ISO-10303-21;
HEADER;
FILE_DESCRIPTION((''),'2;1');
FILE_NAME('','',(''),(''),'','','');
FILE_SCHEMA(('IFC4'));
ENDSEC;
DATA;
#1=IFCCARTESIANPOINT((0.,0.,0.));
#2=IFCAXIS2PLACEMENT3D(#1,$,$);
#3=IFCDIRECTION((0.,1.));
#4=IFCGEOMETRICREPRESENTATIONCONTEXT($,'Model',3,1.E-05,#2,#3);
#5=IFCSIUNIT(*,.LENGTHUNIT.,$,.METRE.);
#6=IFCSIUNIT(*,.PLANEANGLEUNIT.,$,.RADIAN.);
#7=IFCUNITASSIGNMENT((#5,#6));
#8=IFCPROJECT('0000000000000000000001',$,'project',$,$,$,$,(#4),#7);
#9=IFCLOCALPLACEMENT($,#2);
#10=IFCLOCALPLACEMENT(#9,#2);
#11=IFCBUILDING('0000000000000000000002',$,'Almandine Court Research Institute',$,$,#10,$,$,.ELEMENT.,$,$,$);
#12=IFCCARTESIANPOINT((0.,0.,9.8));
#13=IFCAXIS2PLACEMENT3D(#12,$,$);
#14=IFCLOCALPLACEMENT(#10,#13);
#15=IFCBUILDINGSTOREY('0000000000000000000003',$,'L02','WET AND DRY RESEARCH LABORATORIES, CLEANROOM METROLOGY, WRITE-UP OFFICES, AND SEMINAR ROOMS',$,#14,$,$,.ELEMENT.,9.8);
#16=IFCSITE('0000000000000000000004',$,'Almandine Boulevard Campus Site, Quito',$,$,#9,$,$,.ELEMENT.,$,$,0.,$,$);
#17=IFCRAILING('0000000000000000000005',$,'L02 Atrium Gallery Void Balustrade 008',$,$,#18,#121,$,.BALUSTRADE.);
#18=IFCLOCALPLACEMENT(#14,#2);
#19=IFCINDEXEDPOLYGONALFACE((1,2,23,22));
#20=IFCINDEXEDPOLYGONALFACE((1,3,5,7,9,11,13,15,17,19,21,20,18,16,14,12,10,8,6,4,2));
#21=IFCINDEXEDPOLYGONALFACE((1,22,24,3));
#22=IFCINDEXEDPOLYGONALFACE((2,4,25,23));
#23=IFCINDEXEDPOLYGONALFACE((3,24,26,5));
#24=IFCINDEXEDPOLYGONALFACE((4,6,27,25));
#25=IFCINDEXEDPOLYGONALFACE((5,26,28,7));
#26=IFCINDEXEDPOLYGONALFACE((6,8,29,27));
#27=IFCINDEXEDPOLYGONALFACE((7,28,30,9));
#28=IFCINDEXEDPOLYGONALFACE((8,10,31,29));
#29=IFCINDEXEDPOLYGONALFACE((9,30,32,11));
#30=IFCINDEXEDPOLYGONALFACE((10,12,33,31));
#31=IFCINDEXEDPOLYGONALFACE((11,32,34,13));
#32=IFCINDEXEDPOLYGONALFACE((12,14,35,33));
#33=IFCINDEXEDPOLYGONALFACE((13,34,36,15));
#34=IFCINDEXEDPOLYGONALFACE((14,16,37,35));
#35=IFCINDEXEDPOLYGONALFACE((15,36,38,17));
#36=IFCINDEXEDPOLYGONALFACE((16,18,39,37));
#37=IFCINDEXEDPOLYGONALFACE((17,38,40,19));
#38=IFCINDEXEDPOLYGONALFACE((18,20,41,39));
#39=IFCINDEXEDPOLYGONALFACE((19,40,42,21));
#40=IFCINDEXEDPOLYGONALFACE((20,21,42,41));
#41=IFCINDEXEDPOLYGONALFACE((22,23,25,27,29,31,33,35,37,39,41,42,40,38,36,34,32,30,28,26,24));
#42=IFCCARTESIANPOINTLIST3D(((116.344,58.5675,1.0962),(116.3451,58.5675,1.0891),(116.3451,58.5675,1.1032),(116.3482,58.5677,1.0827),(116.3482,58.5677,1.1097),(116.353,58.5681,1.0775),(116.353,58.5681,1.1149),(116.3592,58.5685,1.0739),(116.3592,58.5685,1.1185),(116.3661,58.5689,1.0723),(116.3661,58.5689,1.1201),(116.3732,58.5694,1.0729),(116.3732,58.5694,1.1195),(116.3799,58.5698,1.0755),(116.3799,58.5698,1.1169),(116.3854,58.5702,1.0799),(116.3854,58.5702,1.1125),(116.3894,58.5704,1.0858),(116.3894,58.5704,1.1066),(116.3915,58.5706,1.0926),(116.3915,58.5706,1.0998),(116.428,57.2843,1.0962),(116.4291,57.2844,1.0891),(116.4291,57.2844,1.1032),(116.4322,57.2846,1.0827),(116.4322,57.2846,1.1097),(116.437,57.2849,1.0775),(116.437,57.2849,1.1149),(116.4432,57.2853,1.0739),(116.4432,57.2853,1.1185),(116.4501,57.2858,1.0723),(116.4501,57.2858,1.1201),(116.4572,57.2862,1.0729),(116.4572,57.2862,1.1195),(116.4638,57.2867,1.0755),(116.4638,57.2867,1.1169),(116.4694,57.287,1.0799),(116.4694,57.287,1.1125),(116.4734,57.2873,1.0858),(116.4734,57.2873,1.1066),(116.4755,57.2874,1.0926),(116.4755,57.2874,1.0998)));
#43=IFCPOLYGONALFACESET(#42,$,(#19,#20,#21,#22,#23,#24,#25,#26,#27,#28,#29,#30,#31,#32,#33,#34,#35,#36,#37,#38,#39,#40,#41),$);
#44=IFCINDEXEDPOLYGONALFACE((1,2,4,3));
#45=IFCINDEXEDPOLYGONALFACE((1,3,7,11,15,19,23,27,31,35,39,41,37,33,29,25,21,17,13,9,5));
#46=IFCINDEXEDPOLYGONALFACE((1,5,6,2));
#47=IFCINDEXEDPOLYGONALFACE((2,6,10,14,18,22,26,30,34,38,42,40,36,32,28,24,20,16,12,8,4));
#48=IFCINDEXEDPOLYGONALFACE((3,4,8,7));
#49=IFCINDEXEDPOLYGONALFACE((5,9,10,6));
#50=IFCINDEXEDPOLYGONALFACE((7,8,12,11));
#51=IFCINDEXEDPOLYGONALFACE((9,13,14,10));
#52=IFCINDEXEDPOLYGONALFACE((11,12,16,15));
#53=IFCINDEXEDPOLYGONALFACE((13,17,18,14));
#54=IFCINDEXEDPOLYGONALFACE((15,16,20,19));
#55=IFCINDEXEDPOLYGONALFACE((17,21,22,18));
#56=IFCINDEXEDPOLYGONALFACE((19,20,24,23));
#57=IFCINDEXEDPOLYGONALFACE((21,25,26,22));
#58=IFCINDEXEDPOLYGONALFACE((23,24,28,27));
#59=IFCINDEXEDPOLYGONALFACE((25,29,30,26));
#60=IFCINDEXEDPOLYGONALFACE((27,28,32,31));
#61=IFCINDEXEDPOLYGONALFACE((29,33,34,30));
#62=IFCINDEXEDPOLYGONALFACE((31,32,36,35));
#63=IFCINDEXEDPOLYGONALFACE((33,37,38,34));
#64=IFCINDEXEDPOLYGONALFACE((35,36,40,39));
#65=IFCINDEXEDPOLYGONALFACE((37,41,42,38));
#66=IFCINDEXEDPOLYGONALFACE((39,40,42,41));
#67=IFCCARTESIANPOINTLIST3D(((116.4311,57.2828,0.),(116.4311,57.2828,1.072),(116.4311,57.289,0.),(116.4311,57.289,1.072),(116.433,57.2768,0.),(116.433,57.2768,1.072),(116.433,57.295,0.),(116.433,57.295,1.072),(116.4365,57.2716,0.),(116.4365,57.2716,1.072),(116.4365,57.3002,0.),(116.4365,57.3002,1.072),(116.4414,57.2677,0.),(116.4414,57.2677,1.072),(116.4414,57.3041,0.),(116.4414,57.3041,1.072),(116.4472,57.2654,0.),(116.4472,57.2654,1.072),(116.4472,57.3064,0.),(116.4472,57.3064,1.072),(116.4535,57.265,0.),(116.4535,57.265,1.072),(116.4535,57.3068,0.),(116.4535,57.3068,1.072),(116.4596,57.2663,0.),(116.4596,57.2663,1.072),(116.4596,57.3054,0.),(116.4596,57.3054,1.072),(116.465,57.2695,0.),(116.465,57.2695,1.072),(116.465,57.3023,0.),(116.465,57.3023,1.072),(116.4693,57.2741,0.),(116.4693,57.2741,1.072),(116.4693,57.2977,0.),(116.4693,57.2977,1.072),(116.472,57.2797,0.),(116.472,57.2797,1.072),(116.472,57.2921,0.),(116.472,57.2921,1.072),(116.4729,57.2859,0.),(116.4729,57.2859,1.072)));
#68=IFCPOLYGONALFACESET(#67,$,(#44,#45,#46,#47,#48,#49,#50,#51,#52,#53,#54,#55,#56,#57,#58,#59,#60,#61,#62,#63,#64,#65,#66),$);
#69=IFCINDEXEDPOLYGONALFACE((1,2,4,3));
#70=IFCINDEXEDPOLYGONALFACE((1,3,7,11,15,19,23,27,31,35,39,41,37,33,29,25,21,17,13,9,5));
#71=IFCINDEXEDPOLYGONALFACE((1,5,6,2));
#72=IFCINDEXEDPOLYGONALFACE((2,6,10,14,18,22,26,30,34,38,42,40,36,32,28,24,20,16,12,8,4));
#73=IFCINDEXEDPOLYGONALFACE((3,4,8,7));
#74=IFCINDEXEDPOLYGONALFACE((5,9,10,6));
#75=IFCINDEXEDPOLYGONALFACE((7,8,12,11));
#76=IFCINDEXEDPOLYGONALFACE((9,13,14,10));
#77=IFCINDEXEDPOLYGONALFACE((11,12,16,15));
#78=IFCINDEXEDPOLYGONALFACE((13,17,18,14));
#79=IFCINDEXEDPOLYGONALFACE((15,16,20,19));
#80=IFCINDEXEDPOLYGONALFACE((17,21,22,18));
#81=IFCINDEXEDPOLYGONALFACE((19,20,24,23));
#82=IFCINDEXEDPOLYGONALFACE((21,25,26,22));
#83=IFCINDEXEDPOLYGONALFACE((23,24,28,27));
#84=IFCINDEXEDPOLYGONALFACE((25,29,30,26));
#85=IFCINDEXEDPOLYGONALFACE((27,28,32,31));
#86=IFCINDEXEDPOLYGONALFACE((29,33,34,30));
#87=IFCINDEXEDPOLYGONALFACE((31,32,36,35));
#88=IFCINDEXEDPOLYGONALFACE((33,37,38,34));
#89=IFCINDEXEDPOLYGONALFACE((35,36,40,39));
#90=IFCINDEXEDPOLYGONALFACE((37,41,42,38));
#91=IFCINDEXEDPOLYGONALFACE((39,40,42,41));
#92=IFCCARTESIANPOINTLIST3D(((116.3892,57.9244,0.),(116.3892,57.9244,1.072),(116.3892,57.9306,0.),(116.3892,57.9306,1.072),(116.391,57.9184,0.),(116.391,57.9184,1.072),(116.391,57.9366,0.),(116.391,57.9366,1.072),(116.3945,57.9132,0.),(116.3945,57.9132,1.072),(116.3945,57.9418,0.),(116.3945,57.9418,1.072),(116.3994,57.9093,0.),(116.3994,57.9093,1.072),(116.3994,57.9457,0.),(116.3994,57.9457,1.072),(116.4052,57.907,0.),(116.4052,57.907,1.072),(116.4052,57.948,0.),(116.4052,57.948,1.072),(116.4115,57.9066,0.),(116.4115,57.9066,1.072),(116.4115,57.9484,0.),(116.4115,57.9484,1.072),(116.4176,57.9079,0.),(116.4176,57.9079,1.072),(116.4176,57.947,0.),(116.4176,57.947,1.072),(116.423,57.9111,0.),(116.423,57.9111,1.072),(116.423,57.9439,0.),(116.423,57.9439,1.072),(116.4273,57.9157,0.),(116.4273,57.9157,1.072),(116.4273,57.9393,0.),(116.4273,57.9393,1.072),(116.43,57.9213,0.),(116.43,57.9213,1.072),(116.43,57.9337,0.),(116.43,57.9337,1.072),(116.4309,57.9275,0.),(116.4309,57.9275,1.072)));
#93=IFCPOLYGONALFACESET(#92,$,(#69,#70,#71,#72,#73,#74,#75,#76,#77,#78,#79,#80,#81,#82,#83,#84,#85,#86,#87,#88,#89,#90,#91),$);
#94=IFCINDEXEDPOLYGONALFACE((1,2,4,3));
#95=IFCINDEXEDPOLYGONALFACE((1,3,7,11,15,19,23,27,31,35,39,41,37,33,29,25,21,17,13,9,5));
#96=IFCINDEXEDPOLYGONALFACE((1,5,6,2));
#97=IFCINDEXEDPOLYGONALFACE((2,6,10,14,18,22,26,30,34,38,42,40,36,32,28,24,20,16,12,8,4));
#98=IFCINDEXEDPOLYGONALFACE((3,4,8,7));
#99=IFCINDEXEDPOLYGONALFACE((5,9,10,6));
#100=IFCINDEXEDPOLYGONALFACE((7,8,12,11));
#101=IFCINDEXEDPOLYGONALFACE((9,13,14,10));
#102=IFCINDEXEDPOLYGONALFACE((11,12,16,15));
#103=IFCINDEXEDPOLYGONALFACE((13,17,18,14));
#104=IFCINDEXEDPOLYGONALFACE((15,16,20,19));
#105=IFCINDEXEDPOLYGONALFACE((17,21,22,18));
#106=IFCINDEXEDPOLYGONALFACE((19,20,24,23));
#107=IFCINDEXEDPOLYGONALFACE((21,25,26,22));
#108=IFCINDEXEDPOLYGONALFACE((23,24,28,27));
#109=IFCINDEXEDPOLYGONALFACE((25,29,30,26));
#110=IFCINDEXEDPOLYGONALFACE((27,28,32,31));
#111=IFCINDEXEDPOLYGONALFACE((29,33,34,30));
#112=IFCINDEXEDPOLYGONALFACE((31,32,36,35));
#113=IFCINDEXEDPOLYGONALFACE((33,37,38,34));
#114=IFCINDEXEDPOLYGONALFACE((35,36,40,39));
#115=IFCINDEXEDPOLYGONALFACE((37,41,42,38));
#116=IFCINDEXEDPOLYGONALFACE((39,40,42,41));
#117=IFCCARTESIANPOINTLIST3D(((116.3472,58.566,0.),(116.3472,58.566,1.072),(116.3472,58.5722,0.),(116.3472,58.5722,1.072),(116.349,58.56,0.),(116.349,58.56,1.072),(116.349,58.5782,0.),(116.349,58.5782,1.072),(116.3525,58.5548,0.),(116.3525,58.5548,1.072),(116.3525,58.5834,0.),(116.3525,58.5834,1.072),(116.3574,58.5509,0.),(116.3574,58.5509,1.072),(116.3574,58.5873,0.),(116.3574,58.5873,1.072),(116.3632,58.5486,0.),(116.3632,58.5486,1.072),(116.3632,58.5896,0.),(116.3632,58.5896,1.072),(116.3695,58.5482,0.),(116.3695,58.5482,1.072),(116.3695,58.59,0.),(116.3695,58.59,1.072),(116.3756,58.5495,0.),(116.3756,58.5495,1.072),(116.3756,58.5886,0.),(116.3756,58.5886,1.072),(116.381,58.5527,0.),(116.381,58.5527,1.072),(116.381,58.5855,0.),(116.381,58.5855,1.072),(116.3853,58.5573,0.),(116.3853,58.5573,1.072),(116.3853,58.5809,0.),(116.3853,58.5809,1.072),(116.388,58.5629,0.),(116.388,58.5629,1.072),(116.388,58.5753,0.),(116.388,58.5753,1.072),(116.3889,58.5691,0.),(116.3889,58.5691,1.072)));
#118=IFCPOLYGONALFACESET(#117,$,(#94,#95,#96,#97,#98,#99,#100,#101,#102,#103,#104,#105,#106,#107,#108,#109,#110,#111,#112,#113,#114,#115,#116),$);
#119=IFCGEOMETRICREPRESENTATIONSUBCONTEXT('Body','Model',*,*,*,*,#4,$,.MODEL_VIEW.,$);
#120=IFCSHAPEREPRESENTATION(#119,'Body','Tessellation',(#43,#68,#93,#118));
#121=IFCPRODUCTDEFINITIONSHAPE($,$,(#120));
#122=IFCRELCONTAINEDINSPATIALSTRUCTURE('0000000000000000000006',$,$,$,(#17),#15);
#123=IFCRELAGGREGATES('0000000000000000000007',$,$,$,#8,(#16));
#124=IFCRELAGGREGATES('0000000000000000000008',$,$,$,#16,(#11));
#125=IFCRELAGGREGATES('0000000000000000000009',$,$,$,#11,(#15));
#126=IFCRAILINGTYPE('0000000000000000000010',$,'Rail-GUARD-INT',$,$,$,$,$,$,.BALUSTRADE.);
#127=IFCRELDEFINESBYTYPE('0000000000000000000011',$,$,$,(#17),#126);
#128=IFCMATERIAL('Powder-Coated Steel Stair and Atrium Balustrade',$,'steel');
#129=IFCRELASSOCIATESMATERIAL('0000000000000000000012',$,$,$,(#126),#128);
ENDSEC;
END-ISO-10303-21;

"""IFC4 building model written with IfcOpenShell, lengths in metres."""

from ifc_helpers import new_model, si_unit, direction, frame, origin, origin_2d, place, context, subcontext, project, spatial, circle, extrude, material, type_object, element, save


model = new_model("IFC4")

# Units and contexts
model_context = context("Model", 3, precision=1e-05, world=origin(), true_north=direction((0.0, 1.0)))
body_context = subcontext(model_context, "Body", "Model", "MODEL_VIEW")
ifc_project = project(units=[si_unit("LENGTHUNIT", "METRE"), si_unit("PLANEANGLEUNIT", "RADIAN")], contexts=[model_context])

# Site, building, storey
site_placement = place(None, origin())
site = spatial("IfcSite", under=ifc_project, at=site_placement, Name="Almandine Boulevard Campus Site, Quito", CompositionType="ELEMENT", RefElevation=0.0)
building_placement = place(site_placement, origin())
building = spatial("IfcBuilding", under=site, at=building_placement, Name="Almandine Court Research Institute", CompositionType="ELEMENT")
storey_placement = place(building_placement, frame((0.0, 0.0, 9.8)))
storey = spatial("IfcBuildingStorey", under=building, at=storey_placement, Name="L02", Description="WET AND DRY RESEARCH LABORATORIES, CLEANROOM METROLOGY, WRITE-UP OFFICES, AND SEMINAR ROOMS", CompositionType="ELEMENT", Elevation=9.8)

# Railing
ifc_material_1 = material(Name="Powder-Coated Steel Stair and Atrium Balustrade", Category="steel")
railing_type = type_object("IfcRailingType", Name="Rail-GUARD-INT", PredefinedType="BALUSTRADE", material=ifc_material_1)
railing_1_placement = place(storey_placement, frame((116.4519, 57.2859, 0.0)))
element("IfcRailing", 1, at=railing_1_placement, inside=storey, type_object=railing_type, Name="L02 Atrium Gallery Void Balustrade 008", PredefinedType="BALUSTRADE", context=body_context, shape_type="SweptSolid", body=[
    extrude(circle(Radius=0.0239, at=origin_2d()), frame((0.0, 0.0, 1.0962), z_axis=(-0.065309, 0.997865, 0.0), x_axis=(-0.997865, -0.065309, 0.0)), (0.0, 0.0, 1.0), 1.2859),
    extrude(circle(Radius=0.021, at=origin_2d()), origin(), (0.0, 0.0, 1.0), 1.072),
    extrude(circle(Radius=0.021, at=origin_2d()), frame((-0.042, 0.6416, 0.0)), (0.0, 0.0, 1.0), 1.072),
    extrude(circle(Radius=0.021, at=origin_2d()), frame((-0.084, 1.2832, 0.0)), (0.0, 0.0, 1.0), 1.072),
])

save(model, "model.ifc")
